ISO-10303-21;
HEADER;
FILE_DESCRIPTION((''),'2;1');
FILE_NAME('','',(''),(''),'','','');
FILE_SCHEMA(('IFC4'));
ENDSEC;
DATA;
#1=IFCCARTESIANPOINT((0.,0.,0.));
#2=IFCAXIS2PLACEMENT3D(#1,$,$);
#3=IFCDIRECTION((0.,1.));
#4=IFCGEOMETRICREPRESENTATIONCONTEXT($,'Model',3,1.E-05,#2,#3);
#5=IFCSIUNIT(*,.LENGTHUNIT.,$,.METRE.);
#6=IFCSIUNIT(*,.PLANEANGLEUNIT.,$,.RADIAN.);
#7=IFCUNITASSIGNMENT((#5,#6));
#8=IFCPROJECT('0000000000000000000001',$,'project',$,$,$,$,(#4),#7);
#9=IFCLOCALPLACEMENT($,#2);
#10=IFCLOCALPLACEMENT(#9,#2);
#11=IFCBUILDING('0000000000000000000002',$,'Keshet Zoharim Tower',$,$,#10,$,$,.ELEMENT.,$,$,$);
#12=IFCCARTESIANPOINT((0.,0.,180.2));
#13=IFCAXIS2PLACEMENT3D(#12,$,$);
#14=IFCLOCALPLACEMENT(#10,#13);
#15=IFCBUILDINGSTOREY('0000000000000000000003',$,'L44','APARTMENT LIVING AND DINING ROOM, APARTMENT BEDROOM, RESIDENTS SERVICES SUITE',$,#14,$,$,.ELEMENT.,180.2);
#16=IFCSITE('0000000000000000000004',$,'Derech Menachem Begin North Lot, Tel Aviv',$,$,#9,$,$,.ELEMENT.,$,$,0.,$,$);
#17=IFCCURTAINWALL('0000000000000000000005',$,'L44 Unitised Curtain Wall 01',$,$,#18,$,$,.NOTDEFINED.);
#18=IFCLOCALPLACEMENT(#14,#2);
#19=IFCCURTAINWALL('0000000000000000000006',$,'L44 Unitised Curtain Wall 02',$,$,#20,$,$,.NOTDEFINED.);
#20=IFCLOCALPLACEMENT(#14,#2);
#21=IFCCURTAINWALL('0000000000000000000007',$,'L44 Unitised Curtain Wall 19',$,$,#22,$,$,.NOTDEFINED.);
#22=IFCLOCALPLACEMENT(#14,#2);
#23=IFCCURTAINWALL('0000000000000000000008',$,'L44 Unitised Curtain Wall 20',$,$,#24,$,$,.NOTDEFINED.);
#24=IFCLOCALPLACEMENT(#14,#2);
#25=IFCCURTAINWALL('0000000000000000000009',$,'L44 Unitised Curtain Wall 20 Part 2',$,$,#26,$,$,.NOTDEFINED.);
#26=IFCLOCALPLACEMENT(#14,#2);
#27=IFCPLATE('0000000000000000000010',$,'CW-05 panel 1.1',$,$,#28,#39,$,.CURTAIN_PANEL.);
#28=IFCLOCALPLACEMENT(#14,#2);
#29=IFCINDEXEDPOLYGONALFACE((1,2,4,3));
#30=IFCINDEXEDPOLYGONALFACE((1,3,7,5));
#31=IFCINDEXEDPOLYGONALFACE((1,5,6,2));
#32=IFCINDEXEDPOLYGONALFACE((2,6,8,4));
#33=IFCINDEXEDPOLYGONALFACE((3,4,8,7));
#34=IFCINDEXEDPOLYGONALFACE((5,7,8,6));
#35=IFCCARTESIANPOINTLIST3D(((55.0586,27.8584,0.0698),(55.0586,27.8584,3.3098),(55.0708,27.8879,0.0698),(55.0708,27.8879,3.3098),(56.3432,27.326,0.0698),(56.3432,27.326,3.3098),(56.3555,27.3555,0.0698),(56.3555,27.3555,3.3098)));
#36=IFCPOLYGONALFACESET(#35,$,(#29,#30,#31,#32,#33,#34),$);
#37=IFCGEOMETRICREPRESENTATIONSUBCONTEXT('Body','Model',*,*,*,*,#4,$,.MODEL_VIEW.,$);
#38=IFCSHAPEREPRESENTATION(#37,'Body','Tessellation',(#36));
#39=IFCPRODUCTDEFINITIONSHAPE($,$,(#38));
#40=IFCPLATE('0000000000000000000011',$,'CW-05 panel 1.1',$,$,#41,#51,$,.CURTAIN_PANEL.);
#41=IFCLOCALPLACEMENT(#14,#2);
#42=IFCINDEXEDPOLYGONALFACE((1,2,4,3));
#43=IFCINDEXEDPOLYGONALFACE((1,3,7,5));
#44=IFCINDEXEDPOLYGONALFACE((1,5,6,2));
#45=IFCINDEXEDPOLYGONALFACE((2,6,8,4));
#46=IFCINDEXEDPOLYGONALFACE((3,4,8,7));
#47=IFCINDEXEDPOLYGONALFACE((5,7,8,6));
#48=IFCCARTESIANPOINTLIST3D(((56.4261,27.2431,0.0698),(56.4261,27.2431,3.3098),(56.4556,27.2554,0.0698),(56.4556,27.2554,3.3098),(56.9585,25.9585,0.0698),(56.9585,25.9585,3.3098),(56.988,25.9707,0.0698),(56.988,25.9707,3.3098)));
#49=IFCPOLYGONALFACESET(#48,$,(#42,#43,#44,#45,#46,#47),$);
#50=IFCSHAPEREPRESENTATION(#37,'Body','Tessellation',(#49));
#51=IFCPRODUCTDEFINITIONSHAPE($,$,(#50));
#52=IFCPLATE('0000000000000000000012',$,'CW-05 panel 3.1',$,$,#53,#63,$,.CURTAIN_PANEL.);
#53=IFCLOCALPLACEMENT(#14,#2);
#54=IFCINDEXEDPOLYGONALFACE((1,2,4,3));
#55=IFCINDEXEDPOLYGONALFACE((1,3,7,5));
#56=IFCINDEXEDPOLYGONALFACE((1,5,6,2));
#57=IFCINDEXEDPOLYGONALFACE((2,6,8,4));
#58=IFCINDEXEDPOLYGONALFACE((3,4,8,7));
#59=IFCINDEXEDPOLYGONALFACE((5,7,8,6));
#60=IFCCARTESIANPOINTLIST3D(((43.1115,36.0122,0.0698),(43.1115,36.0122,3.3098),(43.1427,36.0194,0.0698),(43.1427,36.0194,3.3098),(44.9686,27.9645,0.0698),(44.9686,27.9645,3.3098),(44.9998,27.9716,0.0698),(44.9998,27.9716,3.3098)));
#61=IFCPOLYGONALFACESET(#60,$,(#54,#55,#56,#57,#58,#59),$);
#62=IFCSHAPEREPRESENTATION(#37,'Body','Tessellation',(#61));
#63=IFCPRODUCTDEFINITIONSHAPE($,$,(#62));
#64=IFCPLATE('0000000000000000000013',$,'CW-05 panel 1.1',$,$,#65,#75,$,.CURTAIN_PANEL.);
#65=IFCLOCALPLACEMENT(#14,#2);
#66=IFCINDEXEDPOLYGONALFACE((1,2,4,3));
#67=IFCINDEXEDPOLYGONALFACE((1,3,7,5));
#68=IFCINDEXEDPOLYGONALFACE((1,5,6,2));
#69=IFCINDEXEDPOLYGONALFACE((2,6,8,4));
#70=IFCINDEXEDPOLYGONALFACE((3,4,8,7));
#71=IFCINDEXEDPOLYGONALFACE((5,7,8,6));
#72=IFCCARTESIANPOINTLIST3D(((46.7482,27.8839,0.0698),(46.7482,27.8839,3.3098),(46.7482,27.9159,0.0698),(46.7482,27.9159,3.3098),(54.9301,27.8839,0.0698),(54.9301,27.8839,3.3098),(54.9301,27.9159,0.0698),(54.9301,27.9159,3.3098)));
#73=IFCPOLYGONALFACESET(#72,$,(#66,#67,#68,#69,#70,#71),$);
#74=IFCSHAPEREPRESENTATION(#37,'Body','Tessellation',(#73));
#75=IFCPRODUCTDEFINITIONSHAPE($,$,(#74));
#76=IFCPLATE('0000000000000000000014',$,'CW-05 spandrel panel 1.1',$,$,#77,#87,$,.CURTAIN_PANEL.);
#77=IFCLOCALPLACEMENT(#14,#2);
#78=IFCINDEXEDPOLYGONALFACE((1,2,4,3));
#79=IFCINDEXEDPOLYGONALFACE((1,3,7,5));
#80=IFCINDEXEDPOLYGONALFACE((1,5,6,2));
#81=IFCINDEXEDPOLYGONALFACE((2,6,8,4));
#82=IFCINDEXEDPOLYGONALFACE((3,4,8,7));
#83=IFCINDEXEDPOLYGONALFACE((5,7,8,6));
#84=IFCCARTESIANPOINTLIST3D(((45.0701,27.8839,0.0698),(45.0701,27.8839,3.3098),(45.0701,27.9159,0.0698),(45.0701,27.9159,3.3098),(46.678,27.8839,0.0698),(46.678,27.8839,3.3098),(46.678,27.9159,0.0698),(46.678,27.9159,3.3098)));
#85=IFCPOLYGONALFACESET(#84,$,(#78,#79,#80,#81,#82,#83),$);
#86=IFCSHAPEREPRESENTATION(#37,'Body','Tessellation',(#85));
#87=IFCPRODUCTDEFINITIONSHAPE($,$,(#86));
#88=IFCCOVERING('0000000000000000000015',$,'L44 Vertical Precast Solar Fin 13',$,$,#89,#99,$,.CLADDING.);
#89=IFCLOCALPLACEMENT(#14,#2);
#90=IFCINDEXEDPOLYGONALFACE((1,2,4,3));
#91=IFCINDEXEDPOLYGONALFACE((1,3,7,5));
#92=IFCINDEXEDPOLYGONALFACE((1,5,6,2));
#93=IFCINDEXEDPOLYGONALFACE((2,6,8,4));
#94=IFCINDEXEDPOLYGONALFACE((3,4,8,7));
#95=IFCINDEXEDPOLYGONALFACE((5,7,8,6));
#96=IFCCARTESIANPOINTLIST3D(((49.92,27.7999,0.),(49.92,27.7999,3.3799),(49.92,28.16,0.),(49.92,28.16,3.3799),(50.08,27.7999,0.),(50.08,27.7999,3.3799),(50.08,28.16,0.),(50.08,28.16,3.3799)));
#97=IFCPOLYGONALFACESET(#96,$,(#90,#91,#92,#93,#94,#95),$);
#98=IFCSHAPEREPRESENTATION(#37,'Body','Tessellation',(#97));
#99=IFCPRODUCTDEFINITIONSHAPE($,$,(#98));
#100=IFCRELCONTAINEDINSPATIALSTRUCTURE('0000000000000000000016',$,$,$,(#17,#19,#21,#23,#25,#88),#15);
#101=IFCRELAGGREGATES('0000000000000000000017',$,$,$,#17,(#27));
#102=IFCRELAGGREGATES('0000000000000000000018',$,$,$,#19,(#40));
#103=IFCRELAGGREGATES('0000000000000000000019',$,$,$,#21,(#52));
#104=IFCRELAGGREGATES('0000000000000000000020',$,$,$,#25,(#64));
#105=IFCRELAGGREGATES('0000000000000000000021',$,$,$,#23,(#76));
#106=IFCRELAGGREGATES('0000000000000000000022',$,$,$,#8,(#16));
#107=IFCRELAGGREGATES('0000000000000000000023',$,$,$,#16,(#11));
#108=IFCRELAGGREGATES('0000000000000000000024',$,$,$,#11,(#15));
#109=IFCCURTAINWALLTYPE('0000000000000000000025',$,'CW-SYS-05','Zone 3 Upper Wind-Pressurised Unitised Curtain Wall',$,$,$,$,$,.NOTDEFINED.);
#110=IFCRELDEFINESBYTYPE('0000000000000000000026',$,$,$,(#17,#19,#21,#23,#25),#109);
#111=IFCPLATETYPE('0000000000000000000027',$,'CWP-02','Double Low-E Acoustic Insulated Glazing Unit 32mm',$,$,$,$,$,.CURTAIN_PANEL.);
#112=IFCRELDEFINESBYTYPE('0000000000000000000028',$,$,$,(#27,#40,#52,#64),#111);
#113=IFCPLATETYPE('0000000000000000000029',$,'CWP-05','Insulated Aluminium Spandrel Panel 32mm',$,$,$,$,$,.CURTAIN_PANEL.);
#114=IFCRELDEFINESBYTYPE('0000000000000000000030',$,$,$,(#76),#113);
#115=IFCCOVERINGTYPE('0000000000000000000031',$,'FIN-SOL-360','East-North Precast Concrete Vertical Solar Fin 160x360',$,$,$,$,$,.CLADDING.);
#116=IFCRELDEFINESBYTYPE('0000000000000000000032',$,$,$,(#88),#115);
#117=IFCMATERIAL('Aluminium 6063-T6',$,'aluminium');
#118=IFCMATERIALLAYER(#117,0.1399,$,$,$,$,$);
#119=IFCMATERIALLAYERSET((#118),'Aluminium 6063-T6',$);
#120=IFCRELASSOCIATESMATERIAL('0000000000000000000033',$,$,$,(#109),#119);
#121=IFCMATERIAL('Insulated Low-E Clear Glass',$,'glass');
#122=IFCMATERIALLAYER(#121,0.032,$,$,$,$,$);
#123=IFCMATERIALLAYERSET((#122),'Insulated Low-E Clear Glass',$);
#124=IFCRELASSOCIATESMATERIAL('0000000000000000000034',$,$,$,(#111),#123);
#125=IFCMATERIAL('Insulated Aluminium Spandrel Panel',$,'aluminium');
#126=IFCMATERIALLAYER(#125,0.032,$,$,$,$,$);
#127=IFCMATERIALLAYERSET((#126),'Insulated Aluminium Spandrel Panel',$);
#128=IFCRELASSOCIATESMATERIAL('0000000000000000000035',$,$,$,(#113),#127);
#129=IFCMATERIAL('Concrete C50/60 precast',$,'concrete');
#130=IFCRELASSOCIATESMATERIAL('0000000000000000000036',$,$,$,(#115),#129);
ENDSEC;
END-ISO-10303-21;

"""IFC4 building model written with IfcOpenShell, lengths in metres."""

from ifc_helpers import new_model, si_unit, direction, frame, origin, origin_2d, place, context, subcontext, project, spatial, rectangle, extrude, material, layer, layer_set, type_object, element, aggregate, save


model = new_model("IFC4")

# Units and contexts
model_context = context("Model", 3, precision=1e-05, world=origin(), true_north=direction((0.0, 1.0)))
body_context = subcontext(model_context, "Body", "Model", "MODEL_VIEW")
ifc_project = project(units=[si_unit("LENGTHUNIT", "METRE"), si_unit("PLANEANGLEUNIT", "RADIAN")], contexts=[model_context])

# Site, building, storey
site_placement = place(None, origin())
site = spatial("IfcSite", under=ifc_project, at=site_placement, Name="Derech Menachem Begin North Lot, Tel Aviv", CompositionType="ELEMENT", RefElevation=0.0)
building_placement = place(site_placement, origin())
building = spatial("IfcBuilding", under=site, at=building_placement, Name="Keshet Zoharim Tower", CompositionType="ELEMENT")
storey_placement = place(building_placement, frame((0.0, 0.0, 180.2)))
storey = spatial("IfcBuildingStorey", under=building, at=storey_placement, Name="L44", Description="APARTMENT LIVING AND DINING ROOM, APARTMENT BEDROOM, RESIDENTS SERVICES SUITE", CompositionType="ELEMENT", Elevation=180.2)

# Curtain walls
ifc_material_1 = material(Name="Aluminium 6063-T6", Category="aluminium")
ifc_layer_1 = layer(ifc_material_1, 0.1399)
ifc_layer_set_1 = layer_set([ifc_layer_1], Name="Aluminium 6063-T6")
curtain_wall_type = type_object("IfcCurtainWallType", Name="CW-SYS-05", Description="Zone 3 Upper Wind-Pressurised Unitised Curtain Wall", PredefinedType="NOTDEFINED", material=ifc_layer_set_1)
curtain_wall_1_placement = place(storey_placement, origin())
curtain_wall_1 = element("IfcCurtainWall", 1, at=curtain_wall_1_placement, inside=storey, type_object=curtain_wall_type, Name="L44 Unitised Curtain Wall 01", PredefinedType="NOTDEFINED")
curtain_wall_2_placement = place(storey_placement, origin())
curtain_wall_2 = element("IfcCurtainWall", 2, at=curtain_wall_2_placement, inside=storey, type_object=curtain_wall_type, Name="L44 Unitised Curtain Wall 02", PredefinedType="NOTDEFINED")

# Curtain wall
curtain_wall_3_placement = place(storey_placement, origin())
curtain_wall_3 = element("IfcCurtainWall", 3, at=curtain_wall_3_placement, inside=storey, type_object=curtain_wall_type, Name="L44 Unitised Curtain Wall 19", PredefinedType="NOTDEFINED")

# Curtain wall
curtain_wall_4_placement = place(storey_placement, origin())
curtain_wall_4 = element("IfcCurtainWall", 4, at=curtain_wall_4_placement, inside=storey, type_object=curtain_wall_type, Name="L44 Unitised Curtain Wall 20", PredefinedType="NOTDEFINED")

# Curtain wall
curtain_wall_5_placement = place(storey_placement, origin())
curtain_wall_5 = element("IfcCurtainWall", 5, at=curtain_wall_5_placement, inside=storey, type_object=curtain_wall_type, Name="L44 Unitised Curtain Wall 20 Part 2", PredefinedType="NOTDEFINED")

# Plates
ifc_material_2 = material(Name="Insulated Low-E Clear Glass", Category="glass")
ifc_layer_2 = layer(ifc_material_2, 0.032)
ifc_layer_set_2 = layer_set([ifc_layer_2], Name="Insulated Low-E Clear Glass")
plate_type_1 = type_object("IfcPlateType", Name="CWP-02", Description="Double Low-E Acoustic Insulated Glazing Unit 32mm", PredefinedType="CURTAIN_PANEL", material=ifc_layer_set_2)
plate_1_placement = place(storey_placement, frame((55.707, 27.6069, 0.0698), z_axis=(0.0, 0.0, 1.0), x_axis=(0.92381, -0.382852, 0.0)))
plate_1 = element("IfcPlate", 6, at=plate_1_placement, type_object=plate_type_1, Name="CW-05 panel 1.1", PredefinedType="CURTAIN_PANEL", context=body_context, shape_type="SweptSolid", body=[
    extrude(rectangle(XDim=1.3906, YDim=0.032, at=origin_2d()), origin(), (0.0, 0.0, 1.0), 3.24),
])
aggregate(curtain_wall_1, [plate_1])
plate_2_placement = place(storey_placement, frame((56.707, 26.6069, 0.0698), z_axis=(0.0, 0.0, 1.0), x_axis=(0.382852, -0.92381, 0.0)))
plate_2 = element("IfcPlate", 7, at=plate_2_placement, type_object=plate_type_1, Name="CW-05 panel 1.1", PredefinedType="CURTAIN_PANEL", context=body_context, shape_type="SweptSolid", body=[
    extrude(rectangle(XDim=1.3906, YDim=0.032, at=origin_2d()), origin(), (0.0, 0.0, 1.0), 3.24),
])
aggregate(curtain_wall_2, [plate_2])
plate_3_placement = place(storey_placement, frame((44.0557, 31.9919, 0.0698), z_axis=(0.0, 0.0, 1.0), x_axis=(0.224848, -0.974394, 0.0)))
plate_3 = element("IfcPlate", 8, at=plate_3_placement, type_object=plate_type_1, Name="CW-05 panel 3.1", PredefinedType="CURTAIN_PANEL", context=body_context, shape_type="SweptSolid", body=[
    extrude(rectangle(XDim=8.2593, YDim=0.032, at=origin_2d()), origin(), (0.0, 0.0, 1.0), 3.24),
])
aggregate(curtain_wall_3, [plate_3])
plate_4_placement = place(storey_placement, frame((50.8391, 27.8999, 0.0698), z_axis=(0.0, 0.0, 1.0), x_axis=(1.0, 0.0, 0.0)))
plate_4 = element("IfcPlate", 9, at=plate_4_placement, type_object=plate_type_1, Name="CW-05 panel 1.1", PredefinedType="CURTAIN_PANEL", context=body_context, shape_type="SweptSolid", body=[
    extrude(rectangle(XDim=8.1819, YDim=0.032, at=origin_2d()), origin(), (0.0, 0.0, 1.0), 3.24),
])
aggregate(curtain_wall_5, [plate_4])
ifc_material_3 = material(Name="Insulated Aluminium Spandrel Panel", Category="aluminium")
ifc_layer_3 = layer(ifc_material_3, 0.032)
ifc_layer_set_3 = layer_set([ifc_layer_3], Name="Insulated Aluminium Spandrel Panel")
plate_type_2 = type_object("IfcPlateType", Name="CWP-05", Description="Insulated Aluminium Spandrel Panel 32mm", PredefinedType="CURTAIN_PANEL", material=ifc_layer_set_3)
plate_5_placement = place(storey_placement, frame((45.874, 27.8999, 0.0698), z_axis=(0.0, 0.0, 1.0), x_axis=(1.0, 0.0, 0.0)))
plate_5 = element("IfcPlate", 10, at=plate_5_placement, type_object=plate_type_2, Name="CW-05 spandrel panel 1.1", PredefinedType="CURTAIN_PANEL", context=body_context, shape_type="SweptSolid", body=[
    extrude(rectangle(XDim=1.6079, YDim=0.032, at=origin_2d()), origin(), (0.0, 0.0, 1.0), 3.24),
])
aggregate(curtain_wall_4, [plate_5])

# Covering
ifc_material_4 = material(Name="Concrete C50/60 precast", Category="concrete")
covering_type = type_object("IfcCoveringType", Name="FIN-SOL-360", Description="East-North Precast Concrete Vertical Solar Fin 160x360", PredefinedType="CLADDING", material=ifc_material_4)
covering_placement = place(storey_placement, frame((50.0, 27.98, 0.0), z_axis=(0.0, 0.0, 1.0), x_axis=(1.0, 0.0, 0.0)))
element("IfcCovering", 11, at=covering_placement, inside=storey, type_object=covering_type, Name="L44 Vertical Precast Solar Fin 13", PredefinedType="CLADDING", context=body_context, shape_type="SweptSolid", body=[
    extrude(rectangle(XDim=0.1599, YDim=0.3601, at=origin_2d()), origin(), (0.0, 0.0, 1.0), 3.3799),
])

save(model, "model.ifc")
